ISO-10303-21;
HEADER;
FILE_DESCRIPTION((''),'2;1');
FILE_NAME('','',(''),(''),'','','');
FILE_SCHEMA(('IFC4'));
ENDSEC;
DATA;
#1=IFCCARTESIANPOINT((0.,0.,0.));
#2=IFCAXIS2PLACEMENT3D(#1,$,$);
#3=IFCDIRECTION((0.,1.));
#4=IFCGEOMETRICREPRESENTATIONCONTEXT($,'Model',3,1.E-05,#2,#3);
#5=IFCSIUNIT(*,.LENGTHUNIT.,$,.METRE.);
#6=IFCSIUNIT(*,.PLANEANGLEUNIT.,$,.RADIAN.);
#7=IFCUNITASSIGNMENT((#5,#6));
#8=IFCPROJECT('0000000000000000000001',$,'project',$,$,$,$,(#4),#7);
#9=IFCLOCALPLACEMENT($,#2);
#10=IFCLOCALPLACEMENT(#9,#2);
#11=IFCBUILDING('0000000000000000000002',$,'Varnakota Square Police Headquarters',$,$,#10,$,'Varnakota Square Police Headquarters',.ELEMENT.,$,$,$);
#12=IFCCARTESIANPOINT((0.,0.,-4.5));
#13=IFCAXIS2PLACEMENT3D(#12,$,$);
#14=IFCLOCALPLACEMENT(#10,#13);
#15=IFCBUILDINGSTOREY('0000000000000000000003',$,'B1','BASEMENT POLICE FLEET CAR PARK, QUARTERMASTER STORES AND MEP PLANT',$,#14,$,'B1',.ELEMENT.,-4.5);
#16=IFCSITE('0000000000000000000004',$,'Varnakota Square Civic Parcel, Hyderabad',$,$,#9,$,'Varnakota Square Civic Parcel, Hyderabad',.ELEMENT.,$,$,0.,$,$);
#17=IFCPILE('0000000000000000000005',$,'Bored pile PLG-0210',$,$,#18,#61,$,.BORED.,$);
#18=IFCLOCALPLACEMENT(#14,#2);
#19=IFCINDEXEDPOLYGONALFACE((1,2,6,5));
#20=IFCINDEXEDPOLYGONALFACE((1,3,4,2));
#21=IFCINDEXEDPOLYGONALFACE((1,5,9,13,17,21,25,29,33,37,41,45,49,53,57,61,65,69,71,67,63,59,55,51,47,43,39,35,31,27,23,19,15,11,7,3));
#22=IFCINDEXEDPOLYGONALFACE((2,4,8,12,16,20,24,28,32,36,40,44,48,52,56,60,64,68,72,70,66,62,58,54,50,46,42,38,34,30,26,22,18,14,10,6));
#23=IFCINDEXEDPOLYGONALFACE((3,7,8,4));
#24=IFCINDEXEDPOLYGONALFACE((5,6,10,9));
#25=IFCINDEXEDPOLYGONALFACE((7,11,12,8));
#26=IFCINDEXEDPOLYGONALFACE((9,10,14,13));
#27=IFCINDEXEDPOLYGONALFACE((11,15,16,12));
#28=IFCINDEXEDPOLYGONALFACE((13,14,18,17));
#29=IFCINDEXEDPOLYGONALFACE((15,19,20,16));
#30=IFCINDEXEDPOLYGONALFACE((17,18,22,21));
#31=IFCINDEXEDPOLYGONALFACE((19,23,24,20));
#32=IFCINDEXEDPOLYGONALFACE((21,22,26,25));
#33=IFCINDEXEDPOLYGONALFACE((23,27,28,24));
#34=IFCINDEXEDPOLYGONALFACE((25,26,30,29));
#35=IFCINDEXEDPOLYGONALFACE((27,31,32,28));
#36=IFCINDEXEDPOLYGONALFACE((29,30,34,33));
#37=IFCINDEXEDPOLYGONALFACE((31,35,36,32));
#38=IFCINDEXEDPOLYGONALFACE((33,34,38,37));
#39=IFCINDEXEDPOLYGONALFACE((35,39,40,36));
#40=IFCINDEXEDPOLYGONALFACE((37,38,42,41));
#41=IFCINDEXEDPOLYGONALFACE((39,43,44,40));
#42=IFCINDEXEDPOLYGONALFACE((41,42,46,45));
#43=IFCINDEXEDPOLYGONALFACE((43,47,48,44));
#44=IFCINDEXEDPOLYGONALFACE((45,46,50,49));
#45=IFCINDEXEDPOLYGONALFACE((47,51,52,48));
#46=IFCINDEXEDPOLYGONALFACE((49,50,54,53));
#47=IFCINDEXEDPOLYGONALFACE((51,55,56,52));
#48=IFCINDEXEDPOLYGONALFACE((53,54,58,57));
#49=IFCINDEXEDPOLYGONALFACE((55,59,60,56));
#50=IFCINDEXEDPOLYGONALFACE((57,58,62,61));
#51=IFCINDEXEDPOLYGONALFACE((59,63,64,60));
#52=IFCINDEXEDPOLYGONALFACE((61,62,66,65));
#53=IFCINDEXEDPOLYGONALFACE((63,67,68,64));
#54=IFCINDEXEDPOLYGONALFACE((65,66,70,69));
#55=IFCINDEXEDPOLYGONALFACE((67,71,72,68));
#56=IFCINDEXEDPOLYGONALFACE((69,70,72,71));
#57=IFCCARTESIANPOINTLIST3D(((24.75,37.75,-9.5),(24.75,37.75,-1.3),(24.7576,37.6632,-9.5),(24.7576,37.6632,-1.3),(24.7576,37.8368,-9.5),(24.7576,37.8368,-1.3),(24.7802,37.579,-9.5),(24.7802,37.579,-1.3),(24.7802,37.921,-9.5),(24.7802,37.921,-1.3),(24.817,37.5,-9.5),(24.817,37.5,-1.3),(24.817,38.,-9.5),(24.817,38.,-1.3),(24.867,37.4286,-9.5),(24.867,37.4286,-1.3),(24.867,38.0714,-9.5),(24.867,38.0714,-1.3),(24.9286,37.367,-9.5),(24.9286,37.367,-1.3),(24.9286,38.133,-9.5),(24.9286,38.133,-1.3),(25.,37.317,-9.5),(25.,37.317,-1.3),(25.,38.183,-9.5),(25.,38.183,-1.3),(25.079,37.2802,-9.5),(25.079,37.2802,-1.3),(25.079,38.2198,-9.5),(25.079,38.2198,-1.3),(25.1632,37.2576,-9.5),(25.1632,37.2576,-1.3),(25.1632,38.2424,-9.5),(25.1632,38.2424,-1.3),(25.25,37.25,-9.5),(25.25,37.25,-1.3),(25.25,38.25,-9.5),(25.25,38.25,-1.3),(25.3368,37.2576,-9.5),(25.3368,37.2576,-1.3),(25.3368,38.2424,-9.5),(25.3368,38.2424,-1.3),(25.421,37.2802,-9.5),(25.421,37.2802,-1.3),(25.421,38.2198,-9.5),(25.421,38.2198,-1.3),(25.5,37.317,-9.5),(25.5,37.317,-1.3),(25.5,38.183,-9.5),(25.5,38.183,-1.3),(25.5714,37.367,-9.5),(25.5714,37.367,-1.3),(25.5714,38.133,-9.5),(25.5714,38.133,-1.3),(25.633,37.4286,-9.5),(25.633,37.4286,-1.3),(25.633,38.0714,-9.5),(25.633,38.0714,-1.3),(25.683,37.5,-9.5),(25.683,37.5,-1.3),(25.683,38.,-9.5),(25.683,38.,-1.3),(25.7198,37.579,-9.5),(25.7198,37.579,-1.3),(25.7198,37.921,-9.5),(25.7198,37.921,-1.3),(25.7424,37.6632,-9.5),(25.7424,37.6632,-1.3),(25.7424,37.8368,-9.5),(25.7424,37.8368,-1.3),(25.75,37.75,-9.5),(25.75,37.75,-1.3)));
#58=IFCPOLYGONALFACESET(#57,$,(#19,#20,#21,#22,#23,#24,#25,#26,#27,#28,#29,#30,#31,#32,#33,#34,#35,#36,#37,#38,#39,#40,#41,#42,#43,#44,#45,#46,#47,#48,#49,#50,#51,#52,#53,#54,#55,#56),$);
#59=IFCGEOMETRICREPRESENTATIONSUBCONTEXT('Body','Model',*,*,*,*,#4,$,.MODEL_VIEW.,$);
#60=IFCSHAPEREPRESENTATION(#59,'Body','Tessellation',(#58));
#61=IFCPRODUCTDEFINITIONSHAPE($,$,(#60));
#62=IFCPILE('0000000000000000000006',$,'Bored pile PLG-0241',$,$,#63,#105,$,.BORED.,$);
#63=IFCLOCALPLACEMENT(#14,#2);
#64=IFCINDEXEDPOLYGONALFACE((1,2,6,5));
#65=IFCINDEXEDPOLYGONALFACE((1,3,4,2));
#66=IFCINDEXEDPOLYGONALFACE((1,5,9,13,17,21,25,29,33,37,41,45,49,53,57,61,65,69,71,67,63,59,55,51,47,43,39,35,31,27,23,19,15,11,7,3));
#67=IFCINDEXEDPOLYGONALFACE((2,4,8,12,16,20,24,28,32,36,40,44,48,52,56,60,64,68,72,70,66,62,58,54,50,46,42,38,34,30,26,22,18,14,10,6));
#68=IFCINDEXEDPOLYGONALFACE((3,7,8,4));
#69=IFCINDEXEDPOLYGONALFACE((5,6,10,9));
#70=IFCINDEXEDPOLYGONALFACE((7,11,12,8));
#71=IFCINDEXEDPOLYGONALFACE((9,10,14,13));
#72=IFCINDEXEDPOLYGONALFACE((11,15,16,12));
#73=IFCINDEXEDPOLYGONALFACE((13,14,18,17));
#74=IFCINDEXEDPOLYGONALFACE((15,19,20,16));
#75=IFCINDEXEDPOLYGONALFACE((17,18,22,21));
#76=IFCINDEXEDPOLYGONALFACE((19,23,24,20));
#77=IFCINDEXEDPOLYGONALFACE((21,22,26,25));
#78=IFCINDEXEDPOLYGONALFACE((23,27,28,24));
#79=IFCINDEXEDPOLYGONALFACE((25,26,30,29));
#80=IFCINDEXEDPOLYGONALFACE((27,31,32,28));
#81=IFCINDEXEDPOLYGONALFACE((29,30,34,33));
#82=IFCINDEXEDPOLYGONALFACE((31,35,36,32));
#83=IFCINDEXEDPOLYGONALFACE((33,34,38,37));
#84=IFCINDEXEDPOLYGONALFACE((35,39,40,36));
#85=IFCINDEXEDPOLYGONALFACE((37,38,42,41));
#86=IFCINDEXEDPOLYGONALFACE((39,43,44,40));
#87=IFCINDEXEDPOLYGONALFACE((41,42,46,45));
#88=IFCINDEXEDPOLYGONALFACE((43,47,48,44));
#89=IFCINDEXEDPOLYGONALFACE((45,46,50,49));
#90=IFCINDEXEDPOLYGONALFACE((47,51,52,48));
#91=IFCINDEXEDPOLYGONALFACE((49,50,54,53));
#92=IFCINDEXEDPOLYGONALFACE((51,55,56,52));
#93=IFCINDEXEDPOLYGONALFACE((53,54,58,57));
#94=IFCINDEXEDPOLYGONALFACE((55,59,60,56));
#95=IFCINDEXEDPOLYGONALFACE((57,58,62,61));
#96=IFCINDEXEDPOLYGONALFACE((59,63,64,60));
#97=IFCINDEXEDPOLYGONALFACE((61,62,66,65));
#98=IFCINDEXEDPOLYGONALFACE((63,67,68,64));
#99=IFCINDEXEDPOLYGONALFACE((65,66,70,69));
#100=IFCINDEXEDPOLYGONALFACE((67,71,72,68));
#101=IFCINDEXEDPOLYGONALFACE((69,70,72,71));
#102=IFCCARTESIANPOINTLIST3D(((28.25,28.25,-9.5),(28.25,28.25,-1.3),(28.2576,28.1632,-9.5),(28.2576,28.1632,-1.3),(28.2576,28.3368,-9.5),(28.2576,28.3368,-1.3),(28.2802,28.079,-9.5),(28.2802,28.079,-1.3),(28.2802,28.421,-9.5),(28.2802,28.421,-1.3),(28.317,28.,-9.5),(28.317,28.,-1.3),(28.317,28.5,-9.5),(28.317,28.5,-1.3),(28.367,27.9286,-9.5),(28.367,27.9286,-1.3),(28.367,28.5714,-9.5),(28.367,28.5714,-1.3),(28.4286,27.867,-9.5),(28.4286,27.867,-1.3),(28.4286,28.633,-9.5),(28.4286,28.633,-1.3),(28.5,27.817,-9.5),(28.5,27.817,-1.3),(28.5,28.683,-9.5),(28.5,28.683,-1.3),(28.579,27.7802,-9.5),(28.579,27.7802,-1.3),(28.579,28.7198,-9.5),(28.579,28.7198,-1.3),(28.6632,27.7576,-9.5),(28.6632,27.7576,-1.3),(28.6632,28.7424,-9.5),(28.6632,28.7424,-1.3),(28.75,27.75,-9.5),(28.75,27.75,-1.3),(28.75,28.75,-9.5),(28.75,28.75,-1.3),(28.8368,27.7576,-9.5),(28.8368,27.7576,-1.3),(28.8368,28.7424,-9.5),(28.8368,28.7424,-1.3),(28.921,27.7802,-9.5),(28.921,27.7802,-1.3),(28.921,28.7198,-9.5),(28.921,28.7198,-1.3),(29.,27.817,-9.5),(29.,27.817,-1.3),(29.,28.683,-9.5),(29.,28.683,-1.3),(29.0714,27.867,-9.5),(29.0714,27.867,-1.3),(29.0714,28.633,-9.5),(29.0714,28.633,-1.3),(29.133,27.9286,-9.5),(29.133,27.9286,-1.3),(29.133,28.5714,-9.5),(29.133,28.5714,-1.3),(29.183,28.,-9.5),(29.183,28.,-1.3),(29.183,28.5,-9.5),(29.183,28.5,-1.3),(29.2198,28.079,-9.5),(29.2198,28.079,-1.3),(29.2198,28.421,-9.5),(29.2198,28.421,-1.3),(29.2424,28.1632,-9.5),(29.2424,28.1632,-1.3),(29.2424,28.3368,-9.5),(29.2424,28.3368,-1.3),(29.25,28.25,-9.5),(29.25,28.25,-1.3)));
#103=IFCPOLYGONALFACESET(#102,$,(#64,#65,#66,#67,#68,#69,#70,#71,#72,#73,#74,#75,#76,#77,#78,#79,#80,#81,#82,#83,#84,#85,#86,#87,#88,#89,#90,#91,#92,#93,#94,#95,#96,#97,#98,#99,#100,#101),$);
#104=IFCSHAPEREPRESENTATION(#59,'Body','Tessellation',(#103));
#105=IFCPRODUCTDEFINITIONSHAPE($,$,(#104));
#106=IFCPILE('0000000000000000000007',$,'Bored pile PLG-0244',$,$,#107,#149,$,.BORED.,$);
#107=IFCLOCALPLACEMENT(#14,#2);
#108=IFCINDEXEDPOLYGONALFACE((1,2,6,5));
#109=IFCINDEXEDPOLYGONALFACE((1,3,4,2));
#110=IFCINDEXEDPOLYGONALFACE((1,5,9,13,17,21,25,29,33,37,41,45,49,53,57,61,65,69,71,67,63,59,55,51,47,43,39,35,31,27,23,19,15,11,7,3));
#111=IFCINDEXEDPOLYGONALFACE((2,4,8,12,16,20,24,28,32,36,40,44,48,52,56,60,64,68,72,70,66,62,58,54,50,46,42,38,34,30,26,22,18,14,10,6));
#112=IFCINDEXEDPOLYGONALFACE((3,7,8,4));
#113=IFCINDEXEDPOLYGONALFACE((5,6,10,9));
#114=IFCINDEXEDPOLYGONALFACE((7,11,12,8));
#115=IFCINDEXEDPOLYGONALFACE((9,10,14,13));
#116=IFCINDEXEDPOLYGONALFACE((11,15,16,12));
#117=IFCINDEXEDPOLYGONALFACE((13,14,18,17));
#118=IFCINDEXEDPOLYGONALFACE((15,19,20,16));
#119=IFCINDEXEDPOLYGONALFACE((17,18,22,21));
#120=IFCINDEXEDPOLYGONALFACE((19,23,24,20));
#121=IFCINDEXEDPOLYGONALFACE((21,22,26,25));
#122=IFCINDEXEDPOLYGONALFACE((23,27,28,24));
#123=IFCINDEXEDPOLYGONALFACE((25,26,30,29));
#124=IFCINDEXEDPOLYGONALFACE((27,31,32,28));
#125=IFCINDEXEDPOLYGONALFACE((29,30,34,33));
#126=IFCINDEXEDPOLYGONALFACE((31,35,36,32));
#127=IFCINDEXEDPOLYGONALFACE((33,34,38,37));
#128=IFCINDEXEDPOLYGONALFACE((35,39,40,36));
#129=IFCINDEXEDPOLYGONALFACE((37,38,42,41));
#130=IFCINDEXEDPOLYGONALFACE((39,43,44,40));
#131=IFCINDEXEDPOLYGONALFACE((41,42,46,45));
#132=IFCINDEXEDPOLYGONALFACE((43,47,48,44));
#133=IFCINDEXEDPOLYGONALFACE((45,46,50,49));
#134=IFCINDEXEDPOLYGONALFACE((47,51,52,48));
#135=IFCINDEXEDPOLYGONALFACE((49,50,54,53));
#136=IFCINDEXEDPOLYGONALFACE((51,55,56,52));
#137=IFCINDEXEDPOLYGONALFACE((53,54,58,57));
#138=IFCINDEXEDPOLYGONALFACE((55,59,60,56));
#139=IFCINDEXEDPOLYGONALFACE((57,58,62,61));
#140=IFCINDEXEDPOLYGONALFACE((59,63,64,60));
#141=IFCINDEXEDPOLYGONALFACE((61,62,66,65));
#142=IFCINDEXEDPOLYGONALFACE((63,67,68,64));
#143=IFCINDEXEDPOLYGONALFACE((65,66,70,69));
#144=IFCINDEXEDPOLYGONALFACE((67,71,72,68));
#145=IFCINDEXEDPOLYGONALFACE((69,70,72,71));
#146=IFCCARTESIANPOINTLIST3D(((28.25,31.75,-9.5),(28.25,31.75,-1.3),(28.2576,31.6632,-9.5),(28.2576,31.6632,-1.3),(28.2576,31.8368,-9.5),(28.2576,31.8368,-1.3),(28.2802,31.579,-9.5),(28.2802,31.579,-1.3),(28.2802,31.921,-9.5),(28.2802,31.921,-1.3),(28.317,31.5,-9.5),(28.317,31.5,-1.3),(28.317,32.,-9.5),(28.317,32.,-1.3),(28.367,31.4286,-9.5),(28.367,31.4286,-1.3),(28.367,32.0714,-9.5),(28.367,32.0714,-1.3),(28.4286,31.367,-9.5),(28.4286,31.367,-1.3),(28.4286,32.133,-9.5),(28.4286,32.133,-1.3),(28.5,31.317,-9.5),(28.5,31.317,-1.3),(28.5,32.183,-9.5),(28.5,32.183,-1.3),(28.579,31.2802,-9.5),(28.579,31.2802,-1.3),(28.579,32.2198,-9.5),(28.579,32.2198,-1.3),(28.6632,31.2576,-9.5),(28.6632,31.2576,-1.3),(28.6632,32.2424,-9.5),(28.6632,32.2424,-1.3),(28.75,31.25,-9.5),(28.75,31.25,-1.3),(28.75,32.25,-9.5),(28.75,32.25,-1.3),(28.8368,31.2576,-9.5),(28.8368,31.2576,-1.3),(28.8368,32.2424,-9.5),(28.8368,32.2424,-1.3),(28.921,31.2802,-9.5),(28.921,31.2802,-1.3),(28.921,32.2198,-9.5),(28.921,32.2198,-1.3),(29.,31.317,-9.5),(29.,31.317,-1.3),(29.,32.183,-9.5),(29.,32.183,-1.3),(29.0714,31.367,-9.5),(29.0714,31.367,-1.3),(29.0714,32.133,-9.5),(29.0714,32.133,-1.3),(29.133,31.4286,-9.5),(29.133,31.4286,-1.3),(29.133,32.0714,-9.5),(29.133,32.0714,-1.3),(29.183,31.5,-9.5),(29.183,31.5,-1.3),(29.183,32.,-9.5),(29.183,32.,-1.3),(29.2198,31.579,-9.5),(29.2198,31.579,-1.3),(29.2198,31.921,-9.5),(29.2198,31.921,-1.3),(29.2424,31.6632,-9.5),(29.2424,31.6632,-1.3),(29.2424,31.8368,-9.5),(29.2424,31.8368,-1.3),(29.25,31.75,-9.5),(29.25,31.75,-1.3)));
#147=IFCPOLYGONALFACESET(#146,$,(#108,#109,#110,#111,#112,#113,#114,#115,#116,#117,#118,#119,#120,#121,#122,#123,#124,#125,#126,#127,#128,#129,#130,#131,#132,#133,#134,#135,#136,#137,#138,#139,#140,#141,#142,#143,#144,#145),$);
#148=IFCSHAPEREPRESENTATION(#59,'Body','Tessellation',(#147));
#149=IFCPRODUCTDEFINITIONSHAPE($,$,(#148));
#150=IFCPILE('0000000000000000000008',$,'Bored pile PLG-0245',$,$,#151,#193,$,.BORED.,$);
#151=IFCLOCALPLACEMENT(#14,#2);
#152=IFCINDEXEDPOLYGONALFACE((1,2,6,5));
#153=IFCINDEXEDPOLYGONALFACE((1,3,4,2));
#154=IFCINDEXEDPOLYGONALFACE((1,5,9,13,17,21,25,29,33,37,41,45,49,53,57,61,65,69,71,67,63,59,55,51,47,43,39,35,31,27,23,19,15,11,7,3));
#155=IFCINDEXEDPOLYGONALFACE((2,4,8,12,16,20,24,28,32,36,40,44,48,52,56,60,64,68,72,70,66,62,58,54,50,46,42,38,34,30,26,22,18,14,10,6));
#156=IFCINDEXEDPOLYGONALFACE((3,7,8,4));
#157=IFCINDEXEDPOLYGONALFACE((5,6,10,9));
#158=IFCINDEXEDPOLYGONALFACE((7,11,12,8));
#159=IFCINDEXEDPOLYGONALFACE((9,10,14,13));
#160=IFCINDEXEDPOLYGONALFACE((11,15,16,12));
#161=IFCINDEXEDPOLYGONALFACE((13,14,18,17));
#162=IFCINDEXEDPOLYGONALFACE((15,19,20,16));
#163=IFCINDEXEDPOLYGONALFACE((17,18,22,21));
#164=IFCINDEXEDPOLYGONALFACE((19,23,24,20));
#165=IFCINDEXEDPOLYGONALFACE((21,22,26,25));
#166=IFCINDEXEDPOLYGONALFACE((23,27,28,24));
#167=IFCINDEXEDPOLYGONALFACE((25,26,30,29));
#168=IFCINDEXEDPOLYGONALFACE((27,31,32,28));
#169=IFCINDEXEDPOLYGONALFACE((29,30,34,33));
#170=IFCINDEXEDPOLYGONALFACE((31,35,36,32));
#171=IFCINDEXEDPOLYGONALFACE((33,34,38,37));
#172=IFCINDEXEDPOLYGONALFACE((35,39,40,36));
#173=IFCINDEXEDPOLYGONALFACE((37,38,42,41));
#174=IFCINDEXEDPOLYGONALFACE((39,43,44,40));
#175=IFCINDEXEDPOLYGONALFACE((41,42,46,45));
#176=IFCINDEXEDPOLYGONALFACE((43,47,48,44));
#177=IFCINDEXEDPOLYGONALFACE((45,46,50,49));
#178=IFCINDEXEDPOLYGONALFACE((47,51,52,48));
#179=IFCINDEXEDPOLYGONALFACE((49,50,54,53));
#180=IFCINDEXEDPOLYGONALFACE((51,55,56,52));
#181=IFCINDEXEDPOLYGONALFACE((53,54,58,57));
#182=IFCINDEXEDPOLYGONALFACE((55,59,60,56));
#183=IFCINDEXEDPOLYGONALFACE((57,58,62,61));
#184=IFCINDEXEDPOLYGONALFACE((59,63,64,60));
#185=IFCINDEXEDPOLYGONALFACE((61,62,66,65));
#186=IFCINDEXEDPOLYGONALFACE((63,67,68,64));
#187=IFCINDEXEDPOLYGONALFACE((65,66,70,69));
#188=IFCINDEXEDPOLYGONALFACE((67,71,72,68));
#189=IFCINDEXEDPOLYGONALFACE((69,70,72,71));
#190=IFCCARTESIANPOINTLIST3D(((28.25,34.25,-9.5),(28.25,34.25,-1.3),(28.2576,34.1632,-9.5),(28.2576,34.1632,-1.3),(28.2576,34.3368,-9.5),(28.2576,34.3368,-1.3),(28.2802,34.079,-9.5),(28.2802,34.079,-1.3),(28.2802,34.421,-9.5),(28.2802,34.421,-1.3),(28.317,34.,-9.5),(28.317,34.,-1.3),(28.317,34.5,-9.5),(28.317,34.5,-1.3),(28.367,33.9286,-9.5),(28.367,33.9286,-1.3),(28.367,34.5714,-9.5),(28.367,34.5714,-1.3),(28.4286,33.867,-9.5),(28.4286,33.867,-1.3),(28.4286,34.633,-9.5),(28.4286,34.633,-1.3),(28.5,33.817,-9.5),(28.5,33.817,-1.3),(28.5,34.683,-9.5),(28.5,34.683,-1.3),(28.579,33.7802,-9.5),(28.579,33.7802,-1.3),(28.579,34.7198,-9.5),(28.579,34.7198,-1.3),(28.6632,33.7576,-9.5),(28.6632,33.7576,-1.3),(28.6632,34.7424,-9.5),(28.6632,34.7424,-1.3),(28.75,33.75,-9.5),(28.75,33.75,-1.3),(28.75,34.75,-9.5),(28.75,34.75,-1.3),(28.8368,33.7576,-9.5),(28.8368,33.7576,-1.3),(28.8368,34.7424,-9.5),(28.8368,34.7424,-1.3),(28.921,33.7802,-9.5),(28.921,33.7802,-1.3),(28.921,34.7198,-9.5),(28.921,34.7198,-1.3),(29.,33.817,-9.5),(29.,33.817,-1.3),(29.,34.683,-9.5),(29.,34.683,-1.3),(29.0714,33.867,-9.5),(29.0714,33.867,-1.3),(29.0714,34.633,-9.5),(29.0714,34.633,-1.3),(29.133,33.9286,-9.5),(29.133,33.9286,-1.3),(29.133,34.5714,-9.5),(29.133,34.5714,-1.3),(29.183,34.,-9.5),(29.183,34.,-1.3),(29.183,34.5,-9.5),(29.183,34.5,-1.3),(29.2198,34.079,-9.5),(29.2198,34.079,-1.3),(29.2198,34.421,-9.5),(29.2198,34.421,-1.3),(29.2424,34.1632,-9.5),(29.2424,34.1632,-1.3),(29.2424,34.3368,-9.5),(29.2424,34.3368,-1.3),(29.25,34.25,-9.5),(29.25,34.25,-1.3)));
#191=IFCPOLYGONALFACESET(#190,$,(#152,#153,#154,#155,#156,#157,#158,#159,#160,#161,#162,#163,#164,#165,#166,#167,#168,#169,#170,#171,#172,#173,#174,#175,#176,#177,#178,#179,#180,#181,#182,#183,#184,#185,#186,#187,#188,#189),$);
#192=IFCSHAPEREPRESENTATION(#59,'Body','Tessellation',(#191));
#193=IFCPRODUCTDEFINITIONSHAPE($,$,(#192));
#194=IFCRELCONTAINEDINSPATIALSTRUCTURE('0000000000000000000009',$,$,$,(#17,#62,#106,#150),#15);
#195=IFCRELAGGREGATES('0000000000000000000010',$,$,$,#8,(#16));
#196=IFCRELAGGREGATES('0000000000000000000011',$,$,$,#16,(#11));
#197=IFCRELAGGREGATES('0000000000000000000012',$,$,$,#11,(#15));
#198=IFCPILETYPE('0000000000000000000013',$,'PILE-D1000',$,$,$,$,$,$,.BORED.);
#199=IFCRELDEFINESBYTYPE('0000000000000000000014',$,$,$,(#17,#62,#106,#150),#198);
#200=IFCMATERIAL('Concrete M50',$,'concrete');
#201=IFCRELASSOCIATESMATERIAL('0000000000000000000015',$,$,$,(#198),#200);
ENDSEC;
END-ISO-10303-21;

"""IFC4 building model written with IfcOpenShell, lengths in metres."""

from ifc_helpers import new_model, si_unit, direction, frame, origin, origin_2d, place, context, subcontext, project, spatial, circle, extrude, material, material_profile, profile_set, type_object, element, save


model = new_model("IFC4")

# Units and contexts
model_context = context("Model", 3, precision=1e-05, world=origin(), true_north=direction((0.0, 1.0)))
body_context = subcontext(model_context, "Body", "Model", "MODEL_VIEW")
ifc_project = project(units=[si_unit("LENGTHUNIT", "METRE"), si_unit("PLANEANGLEUNIT", "RADIAN")], contexts=[model_context])

# Site, building, storey
site_placement = place(None, origin())
site = spatial("IfcSite", under=ifc_project, at=site_placement, Name="Varnakota Square Civic Parcel, Hyderabad", LongName="Varnakota Square Civic Parcel, Hyderabad", CompositionType="ELEMENT", RefElevation=0.0)
building_placement = place(site_placement, origin())
building = spatial("IfcBuilding", under=site, at=building_placement, Name="Varnakota Square Police Headquarters", LongName="Varnakota Square Police Headquarters", CompositionType="ELEMENT")
storey_placement = place(building_placement, frame((0.0, 0.0, -4.5)))
storey = spatial("IfcBuildingStorey", under=building, at=storey_placement, Name="B1", Description="BASEMENT POLICE FLEET CAR PARK, QUARTERMASTER STORES AND MEP PLANT", LongName="B1", CompositionType="ELEMENT", Elevation=-4.5)

# Shared definitions
ifc_material_1 = material(Name="Concrete M50", Category="concrete")

# Piles
ifc_material_profile_1 = material_profile(ifc_material_1, circle(Radius=0.5, at=origin_2d()), Name="BORED PILE 1000")
ifc_profile_set_1 = profile_set([ifc_material_profile_1], Name="Concrete M50")
pile_type = type_object("IfcPileType", Name="PILE-D1000", PredefinedType="BORED", material=ifc_profile_set_1)
for number, where, z_axis, x_axis, name in (
    (1, (25.25, 37.75, -1.3), (0.0, 0.0, -1.0), (1.0, 0.0, 0.0), "Bored pile PLG-0210"),
    (2, (28.75, 28.25, -1.3), (0.0, 0.0, -1.0), (1.0, 0.0, 0.0), "Bored pile PLG-0241"),
    (3, (28.75, 31.75, -1.3), (0.0, 0.0, -1.0), (1.0, 0.0, 0.0), "Bored pile PLG-0244"),
    (4, (28.75, 34.25, -1.3), (0.0, 0.0, -1.0), (1.0, 0.0, 0.0), "Bored pile PLG-0245"),
):
    element("IfcPile", number, at=place(storey_placement, frame(where, z_axis=z_axis, x_axis=x_axis)), inside=storey, type_object=pile_type, Name=name, PredefinedType="BORED", context=body_context, shape_type="SweptSolid", body=[
        extrude(circle(Radius=0.5, at=origin_2d()), origin(), (0.0, 0.0, 1.0), 8.2),
    ])

save(model, "model.ifc")
